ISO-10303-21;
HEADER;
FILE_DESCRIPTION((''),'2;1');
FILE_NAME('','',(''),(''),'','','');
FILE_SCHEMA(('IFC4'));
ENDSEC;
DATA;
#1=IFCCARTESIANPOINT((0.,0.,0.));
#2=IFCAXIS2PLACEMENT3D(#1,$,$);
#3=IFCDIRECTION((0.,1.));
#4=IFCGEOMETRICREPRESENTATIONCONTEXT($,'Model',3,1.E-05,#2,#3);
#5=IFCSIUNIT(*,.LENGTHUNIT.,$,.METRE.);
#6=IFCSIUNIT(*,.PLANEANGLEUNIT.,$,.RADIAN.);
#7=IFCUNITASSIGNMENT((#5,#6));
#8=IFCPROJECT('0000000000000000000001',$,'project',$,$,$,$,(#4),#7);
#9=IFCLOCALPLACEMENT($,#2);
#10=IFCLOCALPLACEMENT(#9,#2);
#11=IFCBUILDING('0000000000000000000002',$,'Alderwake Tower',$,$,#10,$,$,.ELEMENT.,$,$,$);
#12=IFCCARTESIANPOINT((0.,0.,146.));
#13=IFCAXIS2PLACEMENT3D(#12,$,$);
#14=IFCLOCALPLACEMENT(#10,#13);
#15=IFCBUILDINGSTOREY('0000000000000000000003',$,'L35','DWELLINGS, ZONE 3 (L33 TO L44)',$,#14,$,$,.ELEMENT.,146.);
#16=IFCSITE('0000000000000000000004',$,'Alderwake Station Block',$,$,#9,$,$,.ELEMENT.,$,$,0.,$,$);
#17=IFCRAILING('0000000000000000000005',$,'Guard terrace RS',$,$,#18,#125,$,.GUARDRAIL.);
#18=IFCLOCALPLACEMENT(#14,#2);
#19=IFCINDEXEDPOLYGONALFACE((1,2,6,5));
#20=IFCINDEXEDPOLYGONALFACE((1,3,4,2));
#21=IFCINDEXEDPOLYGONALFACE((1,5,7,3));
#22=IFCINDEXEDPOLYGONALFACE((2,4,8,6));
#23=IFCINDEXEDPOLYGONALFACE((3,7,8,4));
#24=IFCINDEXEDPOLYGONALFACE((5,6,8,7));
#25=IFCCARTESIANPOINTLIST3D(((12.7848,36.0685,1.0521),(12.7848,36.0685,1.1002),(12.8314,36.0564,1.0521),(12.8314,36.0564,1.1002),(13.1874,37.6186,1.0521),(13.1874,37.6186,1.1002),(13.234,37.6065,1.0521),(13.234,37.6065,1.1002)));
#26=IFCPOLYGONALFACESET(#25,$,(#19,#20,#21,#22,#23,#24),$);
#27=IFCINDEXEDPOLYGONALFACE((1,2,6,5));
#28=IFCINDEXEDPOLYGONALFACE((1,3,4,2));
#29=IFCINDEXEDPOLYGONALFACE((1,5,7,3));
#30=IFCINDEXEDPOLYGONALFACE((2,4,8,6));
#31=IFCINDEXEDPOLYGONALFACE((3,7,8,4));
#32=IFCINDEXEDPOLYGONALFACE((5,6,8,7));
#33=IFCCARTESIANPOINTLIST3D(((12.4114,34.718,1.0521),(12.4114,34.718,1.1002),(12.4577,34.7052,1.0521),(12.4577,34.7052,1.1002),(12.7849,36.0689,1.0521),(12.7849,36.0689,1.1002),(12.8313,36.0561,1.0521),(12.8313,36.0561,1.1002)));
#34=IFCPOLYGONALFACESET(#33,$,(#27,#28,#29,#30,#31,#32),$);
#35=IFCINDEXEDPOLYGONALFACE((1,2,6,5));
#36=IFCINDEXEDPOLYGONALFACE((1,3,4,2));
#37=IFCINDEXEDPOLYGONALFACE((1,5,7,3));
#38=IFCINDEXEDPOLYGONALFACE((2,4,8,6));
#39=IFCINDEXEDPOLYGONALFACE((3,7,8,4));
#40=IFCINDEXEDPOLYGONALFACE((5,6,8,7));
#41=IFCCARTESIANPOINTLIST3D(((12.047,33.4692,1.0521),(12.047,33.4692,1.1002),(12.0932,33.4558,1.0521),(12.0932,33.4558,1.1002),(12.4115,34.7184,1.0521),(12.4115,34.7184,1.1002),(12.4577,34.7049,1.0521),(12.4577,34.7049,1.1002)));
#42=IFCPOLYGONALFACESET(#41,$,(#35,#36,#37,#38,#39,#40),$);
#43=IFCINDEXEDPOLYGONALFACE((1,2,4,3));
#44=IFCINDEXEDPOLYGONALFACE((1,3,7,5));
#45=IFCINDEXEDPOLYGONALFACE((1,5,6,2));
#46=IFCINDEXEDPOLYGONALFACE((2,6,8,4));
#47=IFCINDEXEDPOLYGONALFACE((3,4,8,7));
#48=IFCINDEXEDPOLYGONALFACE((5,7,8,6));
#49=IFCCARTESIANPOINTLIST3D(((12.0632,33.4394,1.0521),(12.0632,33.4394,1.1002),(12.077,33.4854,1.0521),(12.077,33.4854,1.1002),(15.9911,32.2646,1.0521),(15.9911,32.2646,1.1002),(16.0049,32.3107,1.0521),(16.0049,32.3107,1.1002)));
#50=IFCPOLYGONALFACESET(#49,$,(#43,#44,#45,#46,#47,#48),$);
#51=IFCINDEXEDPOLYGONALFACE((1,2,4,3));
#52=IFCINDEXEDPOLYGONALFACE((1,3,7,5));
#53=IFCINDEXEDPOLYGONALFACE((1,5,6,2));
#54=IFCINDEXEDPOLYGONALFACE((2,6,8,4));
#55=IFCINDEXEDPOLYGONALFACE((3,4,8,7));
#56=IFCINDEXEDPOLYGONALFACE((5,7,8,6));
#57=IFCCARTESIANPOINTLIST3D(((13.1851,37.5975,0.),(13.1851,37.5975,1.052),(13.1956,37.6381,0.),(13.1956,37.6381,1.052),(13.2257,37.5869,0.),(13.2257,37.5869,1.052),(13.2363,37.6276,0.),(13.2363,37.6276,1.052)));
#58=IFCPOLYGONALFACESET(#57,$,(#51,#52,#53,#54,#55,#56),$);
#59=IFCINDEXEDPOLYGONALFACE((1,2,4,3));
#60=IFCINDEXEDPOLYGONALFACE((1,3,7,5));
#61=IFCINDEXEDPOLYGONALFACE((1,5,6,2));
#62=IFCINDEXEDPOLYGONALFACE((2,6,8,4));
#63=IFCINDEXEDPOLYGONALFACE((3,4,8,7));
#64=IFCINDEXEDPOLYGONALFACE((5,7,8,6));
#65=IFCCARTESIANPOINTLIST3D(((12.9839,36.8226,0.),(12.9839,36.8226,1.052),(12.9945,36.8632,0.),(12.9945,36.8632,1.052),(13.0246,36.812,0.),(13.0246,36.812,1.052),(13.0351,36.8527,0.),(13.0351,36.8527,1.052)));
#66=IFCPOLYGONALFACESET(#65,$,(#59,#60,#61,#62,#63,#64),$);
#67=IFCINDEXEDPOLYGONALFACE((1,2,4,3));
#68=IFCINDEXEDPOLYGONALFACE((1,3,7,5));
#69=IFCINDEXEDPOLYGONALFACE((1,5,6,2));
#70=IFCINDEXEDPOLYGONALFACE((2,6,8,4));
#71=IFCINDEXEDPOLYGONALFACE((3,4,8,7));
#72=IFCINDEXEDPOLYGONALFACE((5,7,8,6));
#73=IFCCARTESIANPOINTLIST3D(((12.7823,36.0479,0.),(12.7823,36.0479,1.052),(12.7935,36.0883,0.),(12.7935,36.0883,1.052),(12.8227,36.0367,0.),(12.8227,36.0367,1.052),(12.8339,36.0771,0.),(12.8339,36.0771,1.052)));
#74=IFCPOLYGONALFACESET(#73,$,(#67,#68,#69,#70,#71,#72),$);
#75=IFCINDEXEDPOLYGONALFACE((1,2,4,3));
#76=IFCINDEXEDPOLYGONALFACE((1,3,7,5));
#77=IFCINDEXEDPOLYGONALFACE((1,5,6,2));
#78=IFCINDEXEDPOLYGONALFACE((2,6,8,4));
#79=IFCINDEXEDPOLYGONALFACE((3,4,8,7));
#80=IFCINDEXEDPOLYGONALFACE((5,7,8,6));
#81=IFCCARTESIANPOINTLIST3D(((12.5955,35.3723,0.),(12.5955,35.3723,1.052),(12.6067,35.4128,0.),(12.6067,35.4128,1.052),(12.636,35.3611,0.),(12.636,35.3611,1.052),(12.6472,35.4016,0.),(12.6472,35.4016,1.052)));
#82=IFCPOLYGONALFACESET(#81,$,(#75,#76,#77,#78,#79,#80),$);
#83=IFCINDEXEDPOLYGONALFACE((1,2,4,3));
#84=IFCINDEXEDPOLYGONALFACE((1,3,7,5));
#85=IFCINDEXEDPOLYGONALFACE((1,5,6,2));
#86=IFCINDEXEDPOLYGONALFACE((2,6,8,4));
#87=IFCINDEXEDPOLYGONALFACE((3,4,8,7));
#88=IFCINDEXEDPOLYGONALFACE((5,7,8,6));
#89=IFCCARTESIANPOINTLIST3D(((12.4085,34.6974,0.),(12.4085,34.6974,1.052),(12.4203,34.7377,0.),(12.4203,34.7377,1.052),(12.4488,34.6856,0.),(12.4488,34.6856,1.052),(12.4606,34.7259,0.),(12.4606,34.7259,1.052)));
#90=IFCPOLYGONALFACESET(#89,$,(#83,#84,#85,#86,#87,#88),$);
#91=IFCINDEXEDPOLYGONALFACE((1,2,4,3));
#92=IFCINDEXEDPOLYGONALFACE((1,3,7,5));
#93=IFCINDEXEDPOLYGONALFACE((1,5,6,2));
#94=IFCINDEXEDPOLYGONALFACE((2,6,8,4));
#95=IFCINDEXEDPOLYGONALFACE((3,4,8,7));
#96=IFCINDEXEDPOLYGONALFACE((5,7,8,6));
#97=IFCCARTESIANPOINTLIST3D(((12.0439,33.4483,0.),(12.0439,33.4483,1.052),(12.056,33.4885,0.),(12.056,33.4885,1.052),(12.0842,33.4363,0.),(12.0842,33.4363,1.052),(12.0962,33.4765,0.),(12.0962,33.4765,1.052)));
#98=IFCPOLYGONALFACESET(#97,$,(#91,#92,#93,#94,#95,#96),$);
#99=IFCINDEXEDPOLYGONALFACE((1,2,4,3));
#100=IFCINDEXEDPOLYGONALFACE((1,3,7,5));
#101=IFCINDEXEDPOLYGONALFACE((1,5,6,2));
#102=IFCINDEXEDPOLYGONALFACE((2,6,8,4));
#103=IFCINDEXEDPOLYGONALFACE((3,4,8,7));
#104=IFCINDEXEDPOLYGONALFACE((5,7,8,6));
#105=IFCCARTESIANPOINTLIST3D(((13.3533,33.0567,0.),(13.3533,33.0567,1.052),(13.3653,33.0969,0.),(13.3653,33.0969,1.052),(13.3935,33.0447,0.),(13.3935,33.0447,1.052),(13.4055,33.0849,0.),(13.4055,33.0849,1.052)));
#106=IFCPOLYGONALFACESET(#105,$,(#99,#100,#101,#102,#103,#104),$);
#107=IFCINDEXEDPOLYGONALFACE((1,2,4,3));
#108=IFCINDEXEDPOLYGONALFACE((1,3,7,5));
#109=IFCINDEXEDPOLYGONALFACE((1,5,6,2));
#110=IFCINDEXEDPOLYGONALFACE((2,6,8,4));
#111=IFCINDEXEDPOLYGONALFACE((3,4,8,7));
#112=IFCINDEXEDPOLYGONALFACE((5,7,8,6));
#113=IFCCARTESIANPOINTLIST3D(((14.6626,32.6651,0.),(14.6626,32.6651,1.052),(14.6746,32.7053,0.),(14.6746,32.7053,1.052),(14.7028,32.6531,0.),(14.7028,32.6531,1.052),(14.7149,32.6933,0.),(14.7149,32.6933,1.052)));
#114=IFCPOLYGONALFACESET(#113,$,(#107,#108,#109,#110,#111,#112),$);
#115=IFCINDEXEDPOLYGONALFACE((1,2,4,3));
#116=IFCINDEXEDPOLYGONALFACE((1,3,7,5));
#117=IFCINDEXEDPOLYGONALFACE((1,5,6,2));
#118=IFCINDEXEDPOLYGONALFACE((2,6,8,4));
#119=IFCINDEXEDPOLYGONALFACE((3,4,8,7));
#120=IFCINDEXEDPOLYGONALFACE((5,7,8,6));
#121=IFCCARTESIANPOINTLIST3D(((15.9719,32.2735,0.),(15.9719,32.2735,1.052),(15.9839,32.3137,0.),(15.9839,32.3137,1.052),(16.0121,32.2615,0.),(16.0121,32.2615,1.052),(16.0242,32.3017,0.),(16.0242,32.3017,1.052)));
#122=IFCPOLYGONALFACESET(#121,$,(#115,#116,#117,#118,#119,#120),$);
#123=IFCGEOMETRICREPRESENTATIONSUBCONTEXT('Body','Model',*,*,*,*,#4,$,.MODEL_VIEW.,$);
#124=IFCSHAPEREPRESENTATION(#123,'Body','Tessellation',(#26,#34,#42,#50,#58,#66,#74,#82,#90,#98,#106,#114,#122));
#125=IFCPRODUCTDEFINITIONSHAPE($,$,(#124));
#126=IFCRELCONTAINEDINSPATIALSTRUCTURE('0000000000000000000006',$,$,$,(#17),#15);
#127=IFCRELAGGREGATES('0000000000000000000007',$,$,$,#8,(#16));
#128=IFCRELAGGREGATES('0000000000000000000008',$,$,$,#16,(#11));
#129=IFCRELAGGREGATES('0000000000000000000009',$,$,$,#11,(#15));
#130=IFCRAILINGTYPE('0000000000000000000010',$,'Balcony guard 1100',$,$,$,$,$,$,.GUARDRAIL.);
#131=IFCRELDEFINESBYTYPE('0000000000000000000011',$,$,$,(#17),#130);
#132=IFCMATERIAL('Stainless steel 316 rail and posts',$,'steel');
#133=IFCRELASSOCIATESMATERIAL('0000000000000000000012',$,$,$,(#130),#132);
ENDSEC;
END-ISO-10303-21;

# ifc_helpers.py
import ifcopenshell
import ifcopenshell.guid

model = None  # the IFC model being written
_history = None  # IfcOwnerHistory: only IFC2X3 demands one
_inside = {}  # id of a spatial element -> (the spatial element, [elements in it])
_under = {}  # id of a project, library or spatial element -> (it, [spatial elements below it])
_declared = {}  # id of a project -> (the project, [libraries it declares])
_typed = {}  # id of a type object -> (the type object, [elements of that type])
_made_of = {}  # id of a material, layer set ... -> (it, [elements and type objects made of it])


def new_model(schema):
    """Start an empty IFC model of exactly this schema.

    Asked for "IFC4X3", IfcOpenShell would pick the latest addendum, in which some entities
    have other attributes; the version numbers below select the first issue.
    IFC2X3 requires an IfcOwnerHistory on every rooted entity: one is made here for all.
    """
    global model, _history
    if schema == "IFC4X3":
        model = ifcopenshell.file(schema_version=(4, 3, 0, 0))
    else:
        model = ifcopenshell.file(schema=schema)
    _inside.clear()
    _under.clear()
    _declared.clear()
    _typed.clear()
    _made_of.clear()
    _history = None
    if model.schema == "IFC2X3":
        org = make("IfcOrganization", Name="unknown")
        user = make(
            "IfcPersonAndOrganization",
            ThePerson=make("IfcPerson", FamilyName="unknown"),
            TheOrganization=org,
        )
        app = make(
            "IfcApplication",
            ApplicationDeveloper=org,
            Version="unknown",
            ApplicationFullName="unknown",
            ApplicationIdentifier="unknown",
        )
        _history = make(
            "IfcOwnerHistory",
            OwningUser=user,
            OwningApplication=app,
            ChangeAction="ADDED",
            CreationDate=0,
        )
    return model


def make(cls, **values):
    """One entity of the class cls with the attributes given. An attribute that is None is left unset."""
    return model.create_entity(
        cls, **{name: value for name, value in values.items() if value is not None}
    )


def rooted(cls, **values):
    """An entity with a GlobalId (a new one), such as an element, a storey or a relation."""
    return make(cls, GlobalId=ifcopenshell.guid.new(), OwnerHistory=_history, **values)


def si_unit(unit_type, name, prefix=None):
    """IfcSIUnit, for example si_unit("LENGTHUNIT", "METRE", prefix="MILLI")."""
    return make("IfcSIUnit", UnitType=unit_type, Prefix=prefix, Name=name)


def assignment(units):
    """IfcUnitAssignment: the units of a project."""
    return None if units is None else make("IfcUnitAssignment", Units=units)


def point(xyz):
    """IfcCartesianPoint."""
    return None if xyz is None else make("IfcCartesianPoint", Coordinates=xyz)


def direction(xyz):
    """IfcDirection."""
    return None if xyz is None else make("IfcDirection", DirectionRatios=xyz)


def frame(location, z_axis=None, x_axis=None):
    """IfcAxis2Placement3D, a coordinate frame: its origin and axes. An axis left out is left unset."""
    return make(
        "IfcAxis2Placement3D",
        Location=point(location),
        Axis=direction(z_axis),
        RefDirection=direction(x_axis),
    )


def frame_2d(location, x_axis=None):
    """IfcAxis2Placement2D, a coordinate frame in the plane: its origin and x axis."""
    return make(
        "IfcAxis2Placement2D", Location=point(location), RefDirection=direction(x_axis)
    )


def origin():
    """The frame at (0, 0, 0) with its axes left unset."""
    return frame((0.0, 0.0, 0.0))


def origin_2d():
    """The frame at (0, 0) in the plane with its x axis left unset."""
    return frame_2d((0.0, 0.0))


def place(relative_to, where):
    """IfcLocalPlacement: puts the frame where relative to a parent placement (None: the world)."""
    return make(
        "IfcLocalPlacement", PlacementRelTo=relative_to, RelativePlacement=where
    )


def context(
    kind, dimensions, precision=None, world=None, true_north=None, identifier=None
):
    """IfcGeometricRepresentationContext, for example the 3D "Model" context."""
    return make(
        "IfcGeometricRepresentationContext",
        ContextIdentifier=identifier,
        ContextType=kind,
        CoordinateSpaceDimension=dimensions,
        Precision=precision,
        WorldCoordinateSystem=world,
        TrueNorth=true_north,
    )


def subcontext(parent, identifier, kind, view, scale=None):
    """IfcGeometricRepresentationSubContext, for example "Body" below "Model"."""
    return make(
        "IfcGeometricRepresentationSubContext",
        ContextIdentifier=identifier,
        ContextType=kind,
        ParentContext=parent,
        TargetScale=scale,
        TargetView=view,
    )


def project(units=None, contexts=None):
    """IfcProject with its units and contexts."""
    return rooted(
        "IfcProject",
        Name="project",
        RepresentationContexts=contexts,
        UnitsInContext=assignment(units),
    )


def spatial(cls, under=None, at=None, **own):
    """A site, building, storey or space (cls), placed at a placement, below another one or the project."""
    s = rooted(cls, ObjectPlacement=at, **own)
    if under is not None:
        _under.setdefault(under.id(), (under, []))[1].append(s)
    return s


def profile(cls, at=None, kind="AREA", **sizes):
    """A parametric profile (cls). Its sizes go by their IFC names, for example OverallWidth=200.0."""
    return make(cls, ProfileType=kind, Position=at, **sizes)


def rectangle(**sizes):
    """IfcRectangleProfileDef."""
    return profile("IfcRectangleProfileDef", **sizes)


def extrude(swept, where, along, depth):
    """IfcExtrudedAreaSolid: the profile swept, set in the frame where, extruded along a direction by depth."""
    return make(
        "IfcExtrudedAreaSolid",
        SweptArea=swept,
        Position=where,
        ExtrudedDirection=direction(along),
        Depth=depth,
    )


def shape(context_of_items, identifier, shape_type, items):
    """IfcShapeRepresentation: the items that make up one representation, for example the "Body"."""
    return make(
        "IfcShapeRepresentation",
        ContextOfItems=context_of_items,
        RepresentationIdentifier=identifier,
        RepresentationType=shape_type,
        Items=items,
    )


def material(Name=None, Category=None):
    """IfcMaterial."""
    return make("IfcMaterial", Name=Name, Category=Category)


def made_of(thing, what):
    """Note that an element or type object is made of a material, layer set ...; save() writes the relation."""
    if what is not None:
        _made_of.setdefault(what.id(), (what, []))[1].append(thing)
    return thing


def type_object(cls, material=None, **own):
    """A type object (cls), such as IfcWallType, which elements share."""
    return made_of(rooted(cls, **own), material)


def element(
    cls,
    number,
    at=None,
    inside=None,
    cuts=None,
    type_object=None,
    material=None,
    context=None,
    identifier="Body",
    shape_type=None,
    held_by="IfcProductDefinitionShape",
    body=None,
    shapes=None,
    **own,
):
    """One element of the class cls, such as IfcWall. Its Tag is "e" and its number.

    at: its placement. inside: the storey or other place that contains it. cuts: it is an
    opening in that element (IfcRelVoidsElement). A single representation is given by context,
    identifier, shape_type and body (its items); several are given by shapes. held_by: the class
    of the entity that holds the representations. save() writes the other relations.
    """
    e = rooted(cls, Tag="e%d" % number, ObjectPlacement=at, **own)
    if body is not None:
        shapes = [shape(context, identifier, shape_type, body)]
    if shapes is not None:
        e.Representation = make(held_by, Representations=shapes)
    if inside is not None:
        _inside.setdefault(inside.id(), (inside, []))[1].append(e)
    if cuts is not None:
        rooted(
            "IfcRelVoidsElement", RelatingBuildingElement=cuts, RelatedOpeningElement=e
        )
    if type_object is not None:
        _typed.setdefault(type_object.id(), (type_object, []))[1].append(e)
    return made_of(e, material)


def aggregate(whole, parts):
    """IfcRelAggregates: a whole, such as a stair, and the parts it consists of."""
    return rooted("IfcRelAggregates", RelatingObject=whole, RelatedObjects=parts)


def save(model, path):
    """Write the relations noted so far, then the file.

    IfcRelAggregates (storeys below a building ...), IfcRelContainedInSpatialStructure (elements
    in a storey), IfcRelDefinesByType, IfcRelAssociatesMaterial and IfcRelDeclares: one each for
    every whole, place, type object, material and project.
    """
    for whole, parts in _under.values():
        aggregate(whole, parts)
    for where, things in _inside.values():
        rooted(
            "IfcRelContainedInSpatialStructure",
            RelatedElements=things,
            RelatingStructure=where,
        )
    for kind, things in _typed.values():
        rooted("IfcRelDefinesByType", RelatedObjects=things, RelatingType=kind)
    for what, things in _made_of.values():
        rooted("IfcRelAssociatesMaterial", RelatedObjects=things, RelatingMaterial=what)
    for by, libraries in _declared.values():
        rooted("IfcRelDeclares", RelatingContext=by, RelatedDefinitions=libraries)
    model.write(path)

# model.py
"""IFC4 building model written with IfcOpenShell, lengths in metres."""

from ifc_helpers import new_model, si_unit, direction, frame, origin, origin_2d, place, context, subcontext, project, spatial, rectangle, extrude, material, type_object, element, save


model = new_model("IFC4")

# Units and contexts
model_context = context("Model", 3, precision=1e-05, world=origin(), true_north=direction((0.0, 1.0)))
body_context = subcontext(model_context, "Body", "Model", "MODEL_VIEW")
ifc_project = project(units=[si_unit("LENGTHUNIT", "METRE"), si_unit("PLANEANGLEUNIT", "RADIAN")], contexts=[model_context])

# Site, building, storey
site_placement = place(None, origin())
site = spatial("IfcSite", under=ifc_project, at=site_placement, Name="Alderwake Station Block", CompositionType="ELEMENT", RefElevation=0.0)
building_placement = place(site_placement, origin())
building = spatial("IfcBuilding", under=site, at=building_placement, Name="Alderwake Tower", CompositionType="ELEMENT")
storey_placement = place(building_placement, frame((0.0, 0.0, 146.0)))
storey = spatial("IfcBuildingStorey", under=building, at=storey_placement, Name="L35", Description="DWELLINGS, ZONE 3 (L33 TO L44)", CompositionType="ELEMENT", Elevation=146.0)

# Railing
ifc_material_1 = material(Name="Stainless steel 316 rail and posts", Category="steel")
railing_type = type_object("IfcRailingType", Name="Balcony guard 1100", PredefinedType="GUARDRAIL", material=ifc_material_1)
railing_placement = place(storey_placement, frame((13.2107, 37.6125, 0.0)))
element("IfcRailing", 1, at=railing_placement, inside=storey, type_object=railing_type, Name="Guard terrace RS", PredefinedType="GUARDRAIL", context=body_context, shape_type="SweptSolid", body=[
    extrude(rectangle(XDim=0.0481, YDim=0.0481, at=origin_2d()), frame((0.0, 0.0, 1.0762), z_axis=(-0.251385, -0.967887, 0.0), x_axis=(0.967887, -0.251385, 0.0)), (0.0, 0.0, 1.0), 1.6016),
    extrude(rectangle(XDim=0.0481, YDim=0.0481, at=origin_2d()), frame((-0.4026, -1.55, 1.0762), z_axis=(-0.266521, -0.963829, 0.0), x_axis=(0.963829, -0.266521, 0.0)), (0.0, 0.0, 1.0), 1.4016),
    extrude(rectangle(XDim=0.0481, YDim=0.0481, at=origin_2d()), frame((-0.7761, -2.9009, 1.0762), z_axis=(-0.280094, -0.959973, 0.0), x_axis=(0.959973, -0.280094, 0.0)), (0.0, 0.0, 1.0), 1.3013),
    extrude(rectangle(XDim=0.0481, YDim=0.0481, at=origin_2d()), frame((-1.1406, -4.1501, 1.0762), z_axis=(0.958067, -0.286545, 0.0), x_axis=(0.286545, 0.958067, 0.0)), (0.0, 0.0, 1.0), 4.0999),
    extrude(rectangle(XDim=0.042, YDim=0.042, at=origin_2d()), frame((0.0, 0.0, 0.0), z_axis=(0.0, 0.0, 1.0), x_axis=(-0.251385, -0.967887, 0.0)), (0.0, 0.0, 1.0), 1.052),
    extrude(rectangle(XDim=0.042, YDim=0.042, at=origin_2d()), frame((-0.2012, -0.7749, 0.0), z_axis=(0.0, 0.0, 1.0), x_axis=(-0.251385, -0.967887, 0.0)), (0.0, 0.0, 1.0), 1.052),
    extrude(rectangle(XDim=0.042, YDim=0.042, at=origin_2d()), frame((-0.4026, -1.55, 0.0), z_axis=(0.0, 0.0, 1.0), x_axis=(-0.266521, -0.963829, 0.0)), (0.0, 0.0, 1.0), 1.052),
    extrude(rectangle(XDim=0.042, YDim=0.042, at=origin_2d()), frame((-0.5894, -2.2256, 0.0), z_axis=(0.0, 0.0, 1.0), x_axis=(-0.266521, -0.963829, 0.0)), (0.0, 0.0, 1.0), 1.052),
    extrude(rectangle(XDim=0.042, YDim=0.042, at=origin_2d()), frame((-0.7761, -2.9009, 0.0), z_axis=(0.0, 0.0, 1.0), x_axis=(-0.280094, -0.959973, 0.0)), (0.0, 0.0, 1.0), 1.052),
    extrude(rectangle(XDim=0.042, YDim=0.042, at=origin_2d()), frame((-1.1406, -4.1501, 0.0), z_axis=(0.0, 0.0, 1.0), x_axis=(0.958067, -0.286545, 0.0)), (0.0, 0.0, 1.0), 1.052),
    extrude(rectangle(XDim=0.042, YDim=0.042, at=origin_2d()), frame((0.1687, -4.5417, 0.0), z_axis=(0.0, 0.0, 1.0), x_axis=(0.958067, -0.286545, 0.0)), (0.0, 0.0, 1.0), 1.052),
    extrude(rectangle(XDim=0.042, YDim=0.042, at=origin_2d()), frame((1.478, -4.9333, 0.0), z_axis=(0.0, 0.0, 1.0), x_axis=(0.958067, -0.286545, 0.0)), (0.0, 0.0, 1.0), 1.052),
    extrude(rectangle(XDim=0.042, YDim=0.042, at=origin_2d()), frame((2.7874, -5.325, 0.0), z_axis=(0.0, 0.0, 1.0), x_axis=(0.958067, -0.286545, 0.0)), (0.0, 0.0, 1.0), 1.052),
])

save(model, "model.ifc")
